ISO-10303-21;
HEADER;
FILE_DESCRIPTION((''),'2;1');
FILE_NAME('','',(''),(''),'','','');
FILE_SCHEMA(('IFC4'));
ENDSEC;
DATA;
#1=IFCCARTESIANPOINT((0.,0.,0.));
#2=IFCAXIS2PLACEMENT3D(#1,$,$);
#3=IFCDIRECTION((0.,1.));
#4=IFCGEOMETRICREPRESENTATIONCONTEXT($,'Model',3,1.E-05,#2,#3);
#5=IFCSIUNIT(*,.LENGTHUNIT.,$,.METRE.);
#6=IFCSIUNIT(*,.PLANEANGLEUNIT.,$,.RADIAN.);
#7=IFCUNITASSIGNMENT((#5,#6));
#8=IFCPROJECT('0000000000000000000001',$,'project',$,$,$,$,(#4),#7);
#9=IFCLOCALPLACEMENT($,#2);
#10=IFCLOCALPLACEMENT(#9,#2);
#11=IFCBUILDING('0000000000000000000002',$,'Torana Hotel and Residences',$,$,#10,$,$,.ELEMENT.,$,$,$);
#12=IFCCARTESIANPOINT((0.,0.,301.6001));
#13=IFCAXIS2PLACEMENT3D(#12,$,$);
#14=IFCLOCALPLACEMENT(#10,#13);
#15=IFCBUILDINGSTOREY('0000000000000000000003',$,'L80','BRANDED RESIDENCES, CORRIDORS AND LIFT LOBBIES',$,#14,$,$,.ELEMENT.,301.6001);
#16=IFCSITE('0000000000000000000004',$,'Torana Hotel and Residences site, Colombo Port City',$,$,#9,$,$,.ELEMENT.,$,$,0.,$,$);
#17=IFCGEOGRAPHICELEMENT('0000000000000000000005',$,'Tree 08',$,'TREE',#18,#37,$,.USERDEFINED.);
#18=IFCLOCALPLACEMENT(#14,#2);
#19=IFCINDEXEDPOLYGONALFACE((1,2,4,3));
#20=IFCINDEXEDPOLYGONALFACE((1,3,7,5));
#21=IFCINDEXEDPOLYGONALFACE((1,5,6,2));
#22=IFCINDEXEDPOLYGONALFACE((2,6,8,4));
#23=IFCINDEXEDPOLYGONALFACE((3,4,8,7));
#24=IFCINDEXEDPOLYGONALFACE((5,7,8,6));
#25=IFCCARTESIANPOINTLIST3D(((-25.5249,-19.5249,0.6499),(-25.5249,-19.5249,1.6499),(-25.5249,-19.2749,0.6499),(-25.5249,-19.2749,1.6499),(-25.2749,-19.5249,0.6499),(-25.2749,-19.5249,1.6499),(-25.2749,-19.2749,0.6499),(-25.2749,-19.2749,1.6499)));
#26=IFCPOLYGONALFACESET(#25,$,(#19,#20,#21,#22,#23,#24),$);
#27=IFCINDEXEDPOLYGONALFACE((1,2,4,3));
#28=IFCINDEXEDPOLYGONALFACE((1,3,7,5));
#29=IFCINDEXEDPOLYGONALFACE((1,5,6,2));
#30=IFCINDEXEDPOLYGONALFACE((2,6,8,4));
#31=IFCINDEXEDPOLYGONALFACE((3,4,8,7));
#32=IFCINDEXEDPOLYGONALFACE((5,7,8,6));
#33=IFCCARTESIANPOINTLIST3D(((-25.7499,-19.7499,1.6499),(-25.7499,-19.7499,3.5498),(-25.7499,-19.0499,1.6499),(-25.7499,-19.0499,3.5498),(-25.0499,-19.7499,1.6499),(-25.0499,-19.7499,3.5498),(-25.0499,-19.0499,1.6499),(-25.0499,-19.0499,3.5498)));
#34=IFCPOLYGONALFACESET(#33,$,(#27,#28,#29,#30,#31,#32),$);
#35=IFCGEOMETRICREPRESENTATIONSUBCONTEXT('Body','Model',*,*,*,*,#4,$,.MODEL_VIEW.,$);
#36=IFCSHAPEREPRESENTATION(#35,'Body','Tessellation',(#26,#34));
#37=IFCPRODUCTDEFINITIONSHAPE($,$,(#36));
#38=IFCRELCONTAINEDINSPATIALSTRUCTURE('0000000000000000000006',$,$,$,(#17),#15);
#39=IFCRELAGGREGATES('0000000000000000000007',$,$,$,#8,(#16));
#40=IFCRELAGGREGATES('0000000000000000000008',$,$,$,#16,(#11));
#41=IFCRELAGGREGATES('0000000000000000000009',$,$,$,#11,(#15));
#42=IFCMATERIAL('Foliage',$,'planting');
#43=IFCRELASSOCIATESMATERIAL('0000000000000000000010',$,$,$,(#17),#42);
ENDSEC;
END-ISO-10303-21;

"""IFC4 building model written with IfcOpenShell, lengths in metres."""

from ifc_helpers import new_model, si_unit, direction, frame, origin, origin_2d, place, context, subcontext, project, spatial, rectangle, extrude, material, element, save


model = new_model("IFC4")

# Units and contexts
model_context = context("Model", 3, precision=1e-05, world=origin(), true_north=direction((0.0, 1.0)))
body_context = subcontext(model_context, "Body", "Model", "MODEL_VIEW")
ifc_project = project(units=[si_unit("LENGTHUNIT", "METRE"), si_unit("PLANEANGLEUNIT", "RADIAN")], contexts=[model_context])

# Site, building, storey
site_placement = place(None, origin())
site = spatial("IfcSite", under=ifc_project, at=site_placement, Name="Torana Hotel and Residences site, Colombo Port City", CompositionType="ELEMENT", RefElevation=0.0)
building_placement = place(site_placement, origin())
building = spatial("IfcBuilding", under=site, at=building_placement, Name="Torana Hotel and Residences", CompositionType="ELEMENT")
storey_placement = place(building_placement, frame((0.0, 0.0, 301.6001)))
storey = spatial("IfcBuildingStorey", under=building, at=storey_placement, Name="L80", Description="BRANDED RESIDENCES, CORRIDORS AND LIFT LOBBIES", CompositionType="ELEMENT", Elevation=301.6001)

# Geographic element
ifc_material_1 = material(Name="Foliage", Category="planting")
geographic_element_placement = place(storey_placement, frame((-25.3999, -19.3999, 0.6499), z_axis=(0.0, 0.0, 1.0), x_axis=(1.0, 0.0, 0.0)))
element("IfcGeographicElement", 1, at=geographic_element_placement, inside=storey, material=ifc_material_1, Name="Tree 08", ObjectType="TREE", PredefinedType="USERDEFINED", context=body_context, shape_type="SweptSolid", body=[
    extrude(rectangle(XDim=0.25, YDim=0.25, at=origin_2d()), origin(), (0.0, 0.0, 1.0), 1.0),
    extrude(rectangle(XDim=0.7, YDim=0.7, at=origin_2d()), frame((0.0, 0.0, 1.0)), (0.0, 0.0, 1.0), 1.8999),
])

save(model, "model.ifc")
